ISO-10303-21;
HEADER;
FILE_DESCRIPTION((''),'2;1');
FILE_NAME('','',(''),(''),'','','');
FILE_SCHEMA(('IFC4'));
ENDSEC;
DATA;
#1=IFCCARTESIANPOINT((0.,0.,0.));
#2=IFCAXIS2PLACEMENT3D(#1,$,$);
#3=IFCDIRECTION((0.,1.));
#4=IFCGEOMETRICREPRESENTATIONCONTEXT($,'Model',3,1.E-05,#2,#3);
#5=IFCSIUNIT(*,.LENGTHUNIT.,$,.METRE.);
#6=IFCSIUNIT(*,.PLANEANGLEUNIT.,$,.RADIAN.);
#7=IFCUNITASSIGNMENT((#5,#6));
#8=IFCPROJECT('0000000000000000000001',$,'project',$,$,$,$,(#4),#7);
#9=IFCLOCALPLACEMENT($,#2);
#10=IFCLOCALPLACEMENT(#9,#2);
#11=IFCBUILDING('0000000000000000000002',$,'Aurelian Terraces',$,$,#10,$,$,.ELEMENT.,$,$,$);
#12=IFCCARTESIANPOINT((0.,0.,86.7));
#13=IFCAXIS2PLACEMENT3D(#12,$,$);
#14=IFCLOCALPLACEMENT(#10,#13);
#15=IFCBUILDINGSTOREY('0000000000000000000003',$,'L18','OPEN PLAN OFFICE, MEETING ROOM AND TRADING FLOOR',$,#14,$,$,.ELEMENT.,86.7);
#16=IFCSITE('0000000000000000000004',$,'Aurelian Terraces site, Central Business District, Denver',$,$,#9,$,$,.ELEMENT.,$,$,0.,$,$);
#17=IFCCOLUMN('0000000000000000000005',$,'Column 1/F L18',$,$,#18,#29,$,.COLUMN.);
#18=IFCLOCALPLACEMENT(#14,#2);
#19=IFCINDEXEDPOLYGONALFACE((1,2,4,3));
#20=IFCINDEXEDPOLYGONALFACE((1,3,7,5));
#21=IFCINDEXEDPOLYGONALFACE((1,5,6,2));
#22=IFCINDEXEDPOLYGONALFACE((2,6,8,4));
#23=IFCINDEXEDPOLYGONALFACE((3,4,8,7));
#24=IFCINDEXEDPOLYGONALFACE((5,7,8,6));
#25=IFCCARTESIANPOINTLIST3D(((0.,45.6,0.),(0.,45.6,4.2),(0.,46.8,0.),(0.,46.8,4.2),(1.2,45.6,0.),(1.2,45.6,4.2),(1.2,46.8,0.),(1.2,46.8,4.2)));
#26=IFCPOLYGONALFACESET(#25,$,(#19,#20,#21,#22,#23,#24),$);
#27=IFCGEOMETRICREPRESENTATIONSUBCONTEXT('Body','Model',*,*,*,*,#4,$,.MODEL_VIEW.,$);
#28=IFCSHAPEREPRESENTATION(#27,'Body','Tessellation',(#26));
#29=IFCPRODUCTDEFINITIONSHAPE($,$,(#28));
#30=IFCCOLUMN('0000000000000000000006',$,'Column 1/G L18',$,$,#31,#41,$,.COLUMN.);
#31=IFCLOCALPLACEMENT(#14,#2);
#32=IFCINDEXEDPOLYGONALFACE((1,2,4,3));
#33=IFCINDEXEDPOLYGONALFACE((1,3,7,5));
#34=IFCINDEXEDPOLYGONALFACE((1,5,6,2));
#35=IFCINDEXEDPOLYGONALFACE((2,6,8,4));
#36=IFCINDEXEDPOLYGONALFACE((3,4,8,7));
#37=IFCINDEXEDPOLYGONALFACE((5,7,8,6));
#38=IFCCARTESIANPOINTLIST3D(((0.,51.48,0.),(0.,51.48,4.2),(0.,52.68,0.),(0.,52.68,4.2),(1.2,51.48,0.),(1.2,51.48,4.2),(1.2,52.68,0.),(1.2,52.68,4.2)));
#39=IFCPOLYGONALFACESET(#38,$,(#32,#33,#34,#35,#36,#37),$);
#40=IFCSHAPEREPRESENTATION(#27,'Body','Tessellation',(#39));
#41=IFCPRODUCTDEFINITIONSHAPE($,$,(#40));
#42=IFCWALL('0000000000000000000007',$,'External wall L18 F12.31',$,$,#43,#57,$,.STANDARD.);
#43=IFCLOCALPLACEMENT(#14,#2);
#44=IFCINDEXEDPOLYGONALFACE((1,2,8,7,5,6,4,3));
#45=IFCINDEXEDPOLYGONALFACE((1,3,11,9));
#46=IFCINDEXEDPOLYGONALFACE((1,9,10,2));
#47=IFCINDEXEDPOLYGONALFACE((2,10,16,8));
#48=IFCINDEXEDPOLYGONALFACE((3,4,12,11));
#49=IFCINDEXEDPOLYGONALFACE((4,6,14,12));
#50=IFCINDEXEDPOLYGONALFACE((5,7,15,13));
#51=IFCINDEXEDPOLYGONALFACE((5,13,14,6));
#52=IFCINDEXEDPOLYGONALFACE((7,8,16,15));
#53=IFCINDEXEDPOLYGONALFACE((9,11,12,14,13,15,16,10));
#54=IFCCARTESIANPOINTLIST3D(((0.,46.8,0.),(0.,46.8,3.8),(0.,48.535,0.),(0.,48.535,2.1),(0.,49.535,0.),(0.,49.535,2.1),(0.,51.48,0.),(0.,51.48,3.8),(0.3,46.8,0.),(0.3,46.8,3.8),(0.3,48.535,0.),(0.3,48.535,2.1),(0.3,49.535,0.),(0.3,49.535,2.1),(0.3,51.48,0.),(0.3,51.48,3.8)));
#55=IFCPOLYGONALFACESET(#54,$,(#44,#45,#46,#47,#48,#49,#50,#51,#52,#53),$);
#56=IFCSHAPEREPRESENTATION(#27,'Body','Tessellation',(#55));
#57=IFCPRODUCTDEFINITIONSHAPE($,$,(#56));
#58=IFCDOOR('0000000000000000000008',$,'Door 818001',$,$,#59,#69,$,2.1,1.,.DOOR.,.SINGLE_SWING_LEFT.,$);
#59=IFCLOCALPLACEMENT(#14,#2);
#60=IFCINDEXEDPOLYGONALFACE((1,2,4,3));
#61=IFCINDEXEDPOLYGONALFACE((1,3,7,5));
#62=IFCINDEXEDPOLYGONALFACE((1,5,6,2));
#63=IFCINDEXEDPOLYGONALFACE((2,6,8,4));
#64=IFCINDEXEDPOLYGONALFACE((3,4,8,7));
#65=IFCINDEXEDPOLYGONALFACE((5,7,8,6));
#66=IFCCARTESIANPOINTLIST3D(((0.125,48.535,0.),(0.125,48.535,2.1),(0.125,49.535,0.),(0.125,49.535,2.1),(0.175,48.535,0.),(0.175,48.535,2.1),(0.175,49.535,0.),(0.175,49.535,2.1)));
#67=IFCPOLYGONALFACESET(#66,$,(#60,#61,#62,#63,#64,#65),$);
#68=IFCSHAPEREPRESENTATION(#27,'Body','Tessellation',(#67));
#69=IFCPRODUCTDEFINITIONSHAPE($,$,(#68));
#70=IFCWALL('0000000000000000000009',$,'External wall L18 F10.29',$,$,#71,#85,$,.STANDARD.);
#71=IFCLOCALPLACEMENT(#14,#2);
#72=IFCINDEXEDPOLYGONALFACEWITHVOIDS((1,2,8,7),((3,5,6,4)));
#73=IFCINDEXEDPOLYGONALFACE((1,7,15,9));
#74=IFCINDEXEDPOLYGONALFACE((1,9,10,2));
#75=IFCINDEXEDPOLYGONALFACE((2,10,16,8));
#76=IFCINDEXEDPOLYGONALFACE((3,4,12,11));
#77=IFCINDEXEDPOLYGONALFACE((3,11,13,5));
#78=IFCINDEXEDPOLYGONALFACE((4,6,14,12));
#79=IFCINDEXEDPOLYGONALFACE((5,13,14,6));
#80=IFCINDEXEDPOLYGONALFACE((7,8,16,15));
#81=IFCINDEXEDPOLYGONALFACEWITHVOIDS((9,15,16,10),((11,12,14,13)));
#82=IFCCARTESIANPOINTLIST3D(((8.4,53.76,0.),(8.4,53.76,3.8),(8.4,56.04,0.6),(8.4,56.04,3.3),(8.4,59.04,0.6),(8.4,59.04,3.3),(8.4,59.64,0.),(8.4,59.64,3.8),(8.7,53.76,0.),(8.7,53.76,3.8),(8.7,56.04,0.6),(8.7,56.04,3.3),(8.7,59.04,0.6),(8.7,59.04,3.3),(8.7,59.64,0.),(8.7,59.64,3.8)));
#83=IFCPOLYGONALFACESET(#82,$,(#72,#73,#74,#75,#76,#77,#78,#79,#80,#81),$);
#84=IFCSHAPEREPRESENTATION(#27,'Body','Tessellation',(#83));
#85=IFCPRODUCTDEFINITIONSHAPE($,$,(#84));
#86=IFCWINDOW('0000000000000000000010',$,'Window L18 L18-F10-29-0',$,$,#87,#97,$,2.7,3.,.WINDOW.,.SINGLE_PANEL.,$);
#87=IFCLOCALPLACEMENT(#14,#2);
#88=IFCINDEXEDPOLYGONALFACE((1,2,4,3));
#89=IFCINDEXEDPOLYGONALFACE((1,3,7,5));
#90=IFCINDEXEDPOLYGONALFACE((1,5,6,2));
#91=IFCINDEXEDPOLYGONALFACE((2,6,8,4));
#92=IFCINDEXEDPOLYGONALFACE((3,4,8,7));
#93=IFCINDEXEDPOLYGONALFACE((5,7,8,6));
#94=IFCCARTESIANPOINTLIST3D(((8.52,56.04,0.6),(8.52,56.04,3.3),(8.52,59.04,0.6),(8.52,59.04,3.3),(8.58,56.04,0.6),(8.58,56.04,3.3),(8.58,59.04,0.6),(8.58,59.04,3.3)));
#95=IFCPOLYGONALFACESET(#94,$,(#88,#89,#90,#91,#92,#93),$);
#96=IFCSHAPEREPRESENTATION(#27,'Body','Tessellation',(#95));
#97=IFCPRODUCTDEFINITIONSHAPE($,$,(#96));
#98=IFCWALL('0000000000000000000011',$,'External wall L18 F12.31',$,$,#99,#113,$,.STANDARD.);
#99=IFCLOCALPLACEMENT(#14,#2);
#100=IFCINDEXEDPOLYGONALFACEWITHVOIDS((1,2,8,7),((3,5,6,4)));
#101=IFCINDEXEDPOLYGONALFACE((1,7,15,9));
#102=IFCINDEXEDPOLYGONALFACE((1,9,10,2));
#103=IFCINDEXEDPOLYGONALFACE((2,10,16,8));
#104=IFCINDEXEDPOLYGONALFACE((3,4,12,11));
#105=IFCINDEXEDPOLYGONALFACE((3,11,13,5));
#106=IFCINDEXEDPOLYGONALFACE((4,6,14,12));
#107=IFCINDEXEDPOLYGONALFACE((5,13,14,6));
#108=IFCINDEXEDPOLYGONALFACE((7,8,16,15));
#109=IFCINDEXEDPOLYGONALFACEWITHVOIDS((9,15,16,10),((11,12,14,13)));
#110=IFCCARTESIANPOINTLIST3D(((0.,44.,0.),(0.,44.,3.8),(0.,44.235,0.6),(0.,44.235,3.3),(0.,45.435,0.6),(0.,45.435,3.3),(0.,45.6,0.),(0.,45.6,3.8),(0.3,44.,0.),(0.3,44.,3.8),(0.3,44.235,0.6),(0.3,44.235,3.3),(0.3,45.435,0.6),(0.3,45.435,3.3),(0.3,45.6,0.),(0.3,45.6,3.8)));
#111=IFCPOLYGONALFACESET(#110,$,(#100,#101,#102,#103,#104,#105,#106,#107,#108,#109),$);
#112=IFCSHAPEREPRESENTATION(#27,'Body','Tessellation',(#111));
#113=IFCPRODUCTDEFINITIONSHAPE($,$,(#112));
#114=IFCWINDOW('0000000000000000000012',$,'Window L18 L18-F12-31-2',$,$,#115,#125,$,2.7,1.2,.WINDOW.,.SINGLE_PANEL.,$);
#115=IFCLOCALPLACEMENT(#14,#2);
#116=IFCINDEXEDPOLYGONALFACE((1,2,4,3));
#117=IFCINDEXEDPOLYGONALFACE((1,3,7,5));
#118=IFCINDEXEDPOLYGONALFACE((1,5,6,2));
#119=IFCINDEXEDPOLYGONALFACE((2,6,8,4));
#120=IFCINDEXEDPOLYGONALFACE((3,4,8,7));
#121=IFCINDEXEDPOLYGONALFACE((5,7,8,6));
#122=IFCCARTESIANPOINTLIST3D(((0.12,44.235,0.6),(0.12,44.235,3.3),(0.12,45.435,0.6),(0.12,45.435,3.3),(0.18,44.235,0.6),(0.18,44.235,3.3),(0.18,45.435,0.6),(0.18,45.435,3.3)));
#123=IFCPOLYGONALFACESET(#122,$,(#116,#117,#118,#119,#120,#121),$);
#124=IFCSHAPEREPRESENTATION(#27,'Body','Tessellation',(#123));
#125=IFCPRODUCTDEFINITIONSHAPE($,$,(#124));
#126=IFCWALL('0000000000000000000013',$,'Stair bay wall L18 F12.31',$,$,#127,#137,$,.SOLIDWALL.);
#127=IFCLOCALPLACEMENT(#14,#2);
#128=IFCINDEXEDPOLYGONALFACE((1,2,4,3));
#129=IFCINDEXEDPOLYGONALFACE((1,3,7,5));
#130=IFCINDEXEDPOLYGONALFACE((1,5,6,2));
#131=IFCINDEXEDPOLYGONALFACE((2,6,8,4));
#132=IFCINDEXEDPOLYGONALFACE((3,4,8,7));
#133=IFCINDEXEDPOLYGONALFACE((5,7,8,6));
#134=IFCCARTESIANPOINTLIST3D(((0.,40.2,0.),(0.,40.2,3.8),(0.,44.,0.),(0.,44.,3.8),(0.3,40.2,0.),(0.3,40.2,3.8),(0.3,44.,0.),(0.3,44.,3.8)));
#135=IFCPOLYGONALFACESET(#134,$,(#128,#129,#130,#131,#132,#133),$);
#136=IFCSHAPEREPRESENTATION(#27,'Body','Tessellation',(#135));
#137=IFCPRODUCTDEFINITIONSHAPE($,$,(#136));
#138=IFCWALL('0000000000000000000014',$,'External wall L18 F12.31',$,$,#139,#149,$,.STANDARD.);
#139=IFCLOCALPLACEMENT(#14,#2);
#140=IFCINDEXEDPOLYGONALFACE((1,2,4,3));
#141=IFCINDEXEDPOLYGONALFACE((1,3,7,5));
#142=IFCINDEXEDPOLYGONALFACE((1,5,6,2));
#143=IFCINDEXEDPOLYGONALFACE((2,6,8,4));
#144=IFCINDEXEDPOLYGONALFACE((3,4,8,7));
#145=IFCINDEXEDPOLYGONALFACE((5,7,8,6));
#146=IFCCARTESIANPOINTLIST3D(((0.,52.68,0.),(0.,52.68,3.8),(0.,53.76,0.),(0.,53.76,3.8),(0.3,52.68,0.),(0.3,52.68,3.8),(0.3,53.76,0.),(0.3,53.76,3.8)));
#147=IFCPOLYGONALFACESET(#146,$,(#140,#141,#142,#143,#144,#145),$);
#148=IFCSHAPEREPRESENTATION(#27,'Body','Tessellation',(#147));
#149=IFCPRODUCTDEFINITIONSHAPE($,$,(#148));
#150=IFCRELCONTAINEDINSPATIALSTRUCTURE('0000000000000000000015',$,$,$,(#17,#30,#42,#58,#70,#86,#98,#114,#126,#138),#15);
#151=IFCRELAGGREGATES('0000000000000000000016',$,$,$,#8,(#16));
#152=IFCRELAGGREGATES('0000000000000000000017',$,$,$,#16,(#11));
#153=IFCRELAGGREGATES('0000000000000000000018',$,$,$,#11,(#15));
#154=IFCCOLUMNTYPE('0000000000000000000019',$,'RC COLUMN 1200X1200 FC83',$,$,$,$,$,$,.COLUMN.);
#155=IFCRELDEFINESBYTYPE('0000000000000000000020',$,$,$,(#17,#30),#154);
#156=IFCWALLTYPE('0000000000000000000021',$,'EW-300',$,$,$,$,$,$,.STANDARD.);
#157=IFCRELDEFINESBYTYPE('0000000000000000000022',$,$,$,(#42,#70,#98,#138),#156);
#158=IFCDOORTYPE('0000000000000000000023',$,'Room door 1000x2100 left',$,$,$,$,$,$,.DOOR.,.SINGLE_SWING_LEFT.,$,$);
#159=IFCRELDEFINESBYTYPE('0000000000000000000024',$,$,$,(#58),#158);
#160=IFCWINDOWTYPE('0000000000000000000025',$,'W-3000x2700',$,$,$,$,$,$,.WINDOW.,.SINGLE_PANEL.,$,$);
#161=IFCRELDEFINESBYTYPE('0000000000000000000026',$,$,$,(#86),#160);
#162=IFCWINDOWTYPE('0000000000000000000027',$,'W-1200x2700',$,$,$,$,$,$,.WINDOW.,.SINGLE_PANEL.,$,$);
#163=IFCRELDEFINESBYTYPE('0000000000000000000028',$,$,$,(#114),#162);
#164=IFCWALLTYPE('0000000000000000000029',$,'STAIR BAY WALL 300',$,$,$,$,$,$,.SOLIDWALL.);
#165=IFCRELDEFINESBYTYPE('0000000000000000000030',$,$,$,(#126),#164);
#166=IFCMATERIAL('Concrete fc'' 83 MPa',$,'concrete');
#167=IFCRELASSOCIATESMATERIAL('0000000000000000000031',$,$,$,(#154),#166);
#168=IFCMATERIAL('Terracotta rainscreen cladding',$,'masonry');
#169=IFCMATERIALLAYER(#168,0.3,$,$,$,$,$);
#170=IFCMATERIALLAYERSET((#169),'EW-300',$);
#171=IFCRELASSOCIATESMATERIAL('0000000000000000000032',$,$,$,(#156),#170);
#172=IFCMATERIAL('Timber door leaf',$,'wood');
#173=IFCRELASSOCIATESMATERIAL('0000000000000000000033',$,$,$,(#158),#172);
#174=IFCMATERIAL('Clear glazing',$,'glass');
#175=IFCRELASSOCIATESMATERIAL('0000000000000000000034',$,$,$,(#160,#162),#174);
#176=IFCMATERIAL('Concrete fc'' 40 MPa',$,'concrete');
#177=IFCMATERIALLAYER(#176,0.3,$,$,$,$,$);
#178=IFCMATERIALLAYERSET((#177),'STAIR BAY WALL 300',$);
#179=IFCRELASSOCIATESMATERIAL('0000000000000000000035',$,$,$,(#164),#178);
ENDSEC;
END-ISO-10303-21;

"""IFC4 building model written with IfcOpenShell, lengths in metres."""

from ifc_helpers import new_model, si_unit, direction, frame, frame_2d, origin, origin_2d, place, context, subcontext, project, spatial, rectangle, extrude, source, transform, mapped, material, layer, layer_set, material_profile, profile_set, type_object, element, fill, save


model = new_model("IFC4")

# Units and contexts
model_context = context("Model", 3, precision=1e-05, world=origin(), true_north=direction((0.0, 1.0)))
body_context = subcontext(model_context, "Body", "Model", "MODEL_VIEW")
ifc_project = project(units=[si_unit("LENGTHUNIT", "METRE"), si_unit("PLANEANGLEUNIT", "RADIAN")], contexts=[model_context])

# Site, building, storey
site_placement = place(None, origin())
site = spatial("IfcSite", under=ifc_project, at=site_placement, Name="Aurelian Terraces site, Central Business District, Denver", CompositionType="ELEMENT", RefElevation=0.0)
building_placement = place(site_placement, origin())
building = spatial("IfcBuilding", under=site, at=building_placement, Name="Aurelian Terraces", CompositionType="ELEMENT")
storey_placement = place(building_placement, frame((0.0, 0.0, 86.7)))
storey = spatial("IfcBuildingStorey", under=building, at=storey_placement, Name="L18", Description="OPEN PLAN OFFICE, MEETING ROOM AND TRADING FLOOR", CompositionType="ELEMENT", Elevation=86.7)

# Columns
ifc_material_1 = material(Name="Concrete fc' 83 MPa", Category="concrete")
ifc_material_profile = material_profile(ifc_material_1, rectangle(XDim=1.2, YDim=1.2, at=origin_2d()))
ifc_profile_set = profile_set([ifc_material_profile], Name="Concrete fc' 83 MPa")
column_type = type_object("IfcColumnType", Name="RC COLUMN 1200X1200 FC83", PredefinedType="COLUMN", material=ifc_profile_set)
shared_shape_1 = source(origin(), body_context, "Body", "SweptSolid", [
    extrude(rectangle(XDim=1.2, YDim=1.2, at=origin_2d()), origin(), (0.0, 0.0, 1.0), 4.2),
])
for number, where, z_axis, x_axis, name in (
    (1, (0.6, 46.2, 0.0), (0.0, 0.0, 1.0), (1.0, 0.0, 0.0), "Column 1/F L18"),
    (2, (0.6, 52.08, 0.0), (0.0, 0.0, 1.0), (1.0, 0.0, 0.0), "Column 1/G L18"),
):
    element("IfcColumn", number, at=place(storey_placement, frame(where, z_axis=z_axis, x_axis=x_axis)), inside=storey, type_object=column_type, Name=name, PredefinedType="COLUMN", context=body_context, shape_type="MappedRepresentation", body=[
        mapped(shared_shape_1, transform((0.0, 0.0, 0.0), scale=1.0)),
    ])

# Wall, opening, door
ifc_material_2 = material(Name="Terracotta rainscreen cladding", Category="masonry")
ifc_layer_1 = layer(ifc_material_2, 0.3)
ifc_layer_set_1 = layer_set([ifc_layer_1], Name="EW-300")
wall_type_1 = type_object("IfcWallType", Name="EW-300", PredefinedType="STANDARD", material=ifc_layer_set_1)
shared_shape_2 = source(origin(), body_context, "Body", "SweptSolid", [
    extrude(rectangle(XDim=4.68, YDim=0.3, at=frame_2d((2.34, 0.0))), origin(), (0.0, 0.0, 1.0), 3.8),
])
wall_1_placement = place(storey_placement, frame((0.15, 51.48, 0.0), z_axis=(0.0, 0.0, 1.0), x_axis=(0.0, -1.0, 0.0)))
wall_1 = element("IfcWall", 3, at=wall_1_placement, inside=storey, type_object=wall_type_1, Name="External wall L18 F12.31", PredefinedType="STANDARD", context=body_context, shape_type="MappedRepresentation", body=[
    mapped(shared_shape_2, transform((0.0, 0.0, 0.0), scale=1.0)),
])
shared_shape_3 = source(origin(), body_context, "Body", "SweptSolid", [
    extrude(rectangle(XDim=1.0, YDim=2.1, at=frame_2d((0.5, 1.05))), frame((0.0, 0.16, 0.0), z_axis=(0.0, -1.0, 0.0), x_axis=(1.0, 0.0, 0.0)), (0.0, 0.0, 1.0), 0.32),
])
opening_1_placement = place(wall_1_placement, frame((1.945, 0.0, 0.0)))
opening_1 = element("IfcOpeningElement", 4, at=opening_1_placement, cuts=wall_1, PredefinedType="OPENING", context=body_context, shape_type="MappedRepresentation", body=[
    mapped(shared_shape_3, transform((0.0, 0.0, 0.0), scale=1.0)),
])
ifc_material_3 = material(Name="Timber door leaf", Category="wood")
door_type_1 = type_object("IfcDoorType", Name="Room door 1000x2100 left", OperationType="SINGLE_SWING_LEFT", PredefinedType="DOOR", material=ifc_material_3)
shared_shape_4 = source(origin(), body_context, "Body", "SweptSolid", [
    extrude(rectangle(XDim=1.0, YDim=2.1, at=frame_2d((0.5, 1.05))), frame((0.0, 0.025, 0.0), z_axis=(0.0, -1.0, 0.0), x_axis=(1.0, 0.0, 0.0)), (0.0, 0.0, 1.0), 0.05),
])
door_1_placement = place(opening_1_placement, origin())
door_1 = element("IfcDoor", 5, at=door_1_placement, inside=storey, type_object=door_type_1, Name="Door 818001", OperationType="SINGLE_SWING_LEFT", OverallHeight=2.1, OverallWidth=1.0, PredefinedType="DOOR", context=body_context, shape_type="MappedRepresentation", body=[
    mapped(shared_shape_4, transform((0.0, 0.0, 0.0), scale=1.0)),
])
fill(opening_1, door_1)

# Walls, openings, windows
shared_shape_5 = source(origin(), body_context, "Body", "SweptSolid", [
    extrude(rectangle(XDim=5.88, YDim=0.3, at=frame_2d((2.94, 0.0))), origin(), (0.0, 0.0, 1.0), 3.8),
])
wall_2_placement = place(storey_placement, frame((8.55, 59.64, 0.0), z_axis=(0.0, 0.0, 1.0), x_axis=(0.0, -1.0, 0.0)))
wall_2 = element("IfcWall", 6, at=wall_2_placement, inside=storey, type_object=wall_type_1, Name="External wall L18 F10.29", PredefinedType="STANDARD", context=body_context, shape_type="MappedRepresentation", body=[
    mapped(shared_shape_5, transform((0.0, 0.0, 0.0), scale=1.0)),
])
shared_shape_6 = source(origin(), body_context, "Body", "SweptSolid", [
    extrude(rectangle(XDim=3.0, YDim=2.7, at=frame_2d((1.5, 1.35))), frame((0.0, 0.16, 0.0), z_axis=(0.0, -1.0, 0.0), x_axis=(1.0, 0.0, 0.0)), (0.0, 0.0, 1.0), 0.32),
])
opening_2_placement = place(wall_2_placement, frame((0.6, 0.0, 0.6)))
opening_2 = element("IfcOpeningElement", 7, at=opening_2_placement, cuts=wall_2, PredefinedType="OPENING", context=body_context, shape_type="MappedRepresentation", body=[
    mapped(shared_shape_6, transform((0.0, 0.0, 0.0), scale=1.0)),
])
ifc_material_4 = material(Name="Clear glazing", Category="glass")
window_type_1 = type_object("IfcWindowType", Name="W-3000x2700", PartitioningType="SINGLE_PANEL", PredefinedType="WINDOW", material=ifc_material_4)
shared_shape_7 = source(origin(), body_context, "Body", "SweptSolid", [
    extrude(rectangle(XDim=3.0, YDim=2.7, at=frame_2d((1.5, 1.35))), frame((0.0, 0.03, 0.0), z_axis=(0.0, -1.0, 0.0), x_axis=(1.0, 0.0, 0.0)), (0.0, 0.0, 1.0), 0.06),
])
window_1_placement = place(opening_2_placement, origin())
window_1 = element("IfcWindow", 8, at=window_1_placement, inside=storey, type_object=window_type_1, Name="Window L18 L18-F10-29-0", OverallHeight=2.7, OverallWidth=3.0, PartitioningType="SINGLE_PANEL", PredefinedType="WINDOW", context=body_context, shape_type="MappedRepresentation", body=[
    mapped(shared_shape_7, transform((0.0, 0.0, 0.0), scale=1.0)),
])
fill(opening_2, window_1)
shared_shape_8 = source(origin(), body_context, "Body", "SweptSolid", [
    extrude(rectangle(XDim=1.6, YDim=0.3, at=frame_2d((0.8, 0.0))), origin(), (0.0, 0.0, 1.0), 3.8),
])
wall_3_placement = place(storey_placement, frame((0.15, 45.6, 0.0), z_axis=(0.0, 0.0, 1.0), x_axis=(0.0, -1.0, 0.0)))
wall_3 = element("IfcWall", 9, at=wall_3_placement, inside=storey, type_object=wall_type_1, Name="External wall L18 F12.31", PredefinedType="STANDARD", context=body_context, shape_type="MappedRepresentation", body=[
    mapped(shared_shape_8, transform((0.0, 0.0, 0.0), scale=1.0)),
])
shared_shape_9 = source(origin(), body_context, "Body", "SweptSolid", [
    extrude(rectangle(XDim=1.2, YDim=2.7, at=frame_2d((0.6, 1.35))), frame((0.0, 0.16, 0.0), z_axis=(0.0, -1.0, 0.0), x_axis=(1.0, 0.0, 0.0)), (0.0, 0.0, 1.0), 0.32),
])
opening_3_placement = place(wall_3_placement, frame((0.165, 0.0, 0.6)))
opening_3 = element("IfcOpeningElement", 10, at=opening_3_placement, cuts=wall_3, PredefinedType="OPENING", context=body_context, shape_type="MappedRepresentation", body=[
    mapped(shared_shape_9, transform((0.0, 0.0, 0.0), scale=1.0)),
])
window_type_2 = type_object("IfcWindowType", Name="W-1200x2700", PartitioningType="SINGLE_PANEL", PredefinedType="WINDOW", material=ifc_material_4)
shared_shape_10 = source(origin(), body_context, "Body", "SweptSolid", [
    extrude(rectangle(XDim=1.2, YDim=2.7, at=frame_2d((0.6, 1.35))), frame((0.0, 0.03, 0.0), z_axis=(0.0, -1.0, 0.0), x_axis=(1.0, 0.0, 0.0)), (0.0, 0.0, 1.0), 0.06),
])
window_2_placement = place(opening_3_placement, origin())
window_2 = element("IfcWindow", 11, at=window_2_placement, inside=storey, type_object=window_type_2, Name="Window L18 L18-F12-31-2", OverallHeight=2.7, OverallWidth=1.2, PartitioningType="SINGLE_PANEL", PredefinedType="WINDOW", context=body_context, shape_type="MappedRepresentation", body=[
    mapped(shared_shape_10, transform((0.0, 0.0, 0.0), scale=1.0)),
])
fill(opening_3, window_2)

# Walls
ifc_material_5 = material(Name="Concrete fc' 40 MPa", Category="concrete")
ifc_layer_2 = layer(ifc_material_5, 0.3)
ifc_layer_set_2 = layer_set([ifc_layer_2], Name="STAIR BAY WALL 300")
wall_type_2 = type_object("IfcWallType", Name="STAIR BAY WALL 300", PredefinedType="SOLIDWALL", material=ifc_layer_set_2)
shared_shape_11 = source(origin(), body_context, "Body", "SweptSolid", [
    extrude(rectangle(XDim=3.8, YDim=0.3, at=frame_2d((1.9, 0.0))), origin(), (0.0, 0.0, 1.0), 3.8),
])
wall_4_placement = place(storey_placement, frame((0.15, 44.0, 0.0), z_axis=(0.0, 0.0, 1.0), x_axis=(0.0, -1.0, 0.0)))
element("IfcWall", 12, at=wall_4_placement, inside=storey, type_object=wall_type_2, Name="Stair bay wall L18 F12.31", PredefinedType="SOLIDWALL", context=body_context, shape_type="MappedRepresentation", body=[
    mapped(shared_shape_11, transform((0.0, 0.0, 0.0), scale=1.0)),
])
shared_shape_12 = source(origin(), body_context, "Body", "SweptSolid", [
    extrude(rectangle(XDim=1.08, YDim=0.3, at=frame_2d((0.54, 0.0))), origin(), (0.0, 0.0, 1.0), 3.8),
])
wall_5_placement = place(storey_placement, frame((0.15, 53.76, 0.0), z_axis=(0.0, 0.0, 1.0), x_axis=(0.0, -1.0, 0.0)))
element("IfcWall", 13, at=wall_5_placement, inside=storey, type_object=wall_type_1, Name="External wall L18 F12.31", PredefinedType="STANDARD", context=body_context, shape_type="MappedRepresentation", body=[
    mapped(shared_shape_12, transform((0.0, 0.0, 0.0), scale=1.0)),
])

save(model, "model.ifc")
